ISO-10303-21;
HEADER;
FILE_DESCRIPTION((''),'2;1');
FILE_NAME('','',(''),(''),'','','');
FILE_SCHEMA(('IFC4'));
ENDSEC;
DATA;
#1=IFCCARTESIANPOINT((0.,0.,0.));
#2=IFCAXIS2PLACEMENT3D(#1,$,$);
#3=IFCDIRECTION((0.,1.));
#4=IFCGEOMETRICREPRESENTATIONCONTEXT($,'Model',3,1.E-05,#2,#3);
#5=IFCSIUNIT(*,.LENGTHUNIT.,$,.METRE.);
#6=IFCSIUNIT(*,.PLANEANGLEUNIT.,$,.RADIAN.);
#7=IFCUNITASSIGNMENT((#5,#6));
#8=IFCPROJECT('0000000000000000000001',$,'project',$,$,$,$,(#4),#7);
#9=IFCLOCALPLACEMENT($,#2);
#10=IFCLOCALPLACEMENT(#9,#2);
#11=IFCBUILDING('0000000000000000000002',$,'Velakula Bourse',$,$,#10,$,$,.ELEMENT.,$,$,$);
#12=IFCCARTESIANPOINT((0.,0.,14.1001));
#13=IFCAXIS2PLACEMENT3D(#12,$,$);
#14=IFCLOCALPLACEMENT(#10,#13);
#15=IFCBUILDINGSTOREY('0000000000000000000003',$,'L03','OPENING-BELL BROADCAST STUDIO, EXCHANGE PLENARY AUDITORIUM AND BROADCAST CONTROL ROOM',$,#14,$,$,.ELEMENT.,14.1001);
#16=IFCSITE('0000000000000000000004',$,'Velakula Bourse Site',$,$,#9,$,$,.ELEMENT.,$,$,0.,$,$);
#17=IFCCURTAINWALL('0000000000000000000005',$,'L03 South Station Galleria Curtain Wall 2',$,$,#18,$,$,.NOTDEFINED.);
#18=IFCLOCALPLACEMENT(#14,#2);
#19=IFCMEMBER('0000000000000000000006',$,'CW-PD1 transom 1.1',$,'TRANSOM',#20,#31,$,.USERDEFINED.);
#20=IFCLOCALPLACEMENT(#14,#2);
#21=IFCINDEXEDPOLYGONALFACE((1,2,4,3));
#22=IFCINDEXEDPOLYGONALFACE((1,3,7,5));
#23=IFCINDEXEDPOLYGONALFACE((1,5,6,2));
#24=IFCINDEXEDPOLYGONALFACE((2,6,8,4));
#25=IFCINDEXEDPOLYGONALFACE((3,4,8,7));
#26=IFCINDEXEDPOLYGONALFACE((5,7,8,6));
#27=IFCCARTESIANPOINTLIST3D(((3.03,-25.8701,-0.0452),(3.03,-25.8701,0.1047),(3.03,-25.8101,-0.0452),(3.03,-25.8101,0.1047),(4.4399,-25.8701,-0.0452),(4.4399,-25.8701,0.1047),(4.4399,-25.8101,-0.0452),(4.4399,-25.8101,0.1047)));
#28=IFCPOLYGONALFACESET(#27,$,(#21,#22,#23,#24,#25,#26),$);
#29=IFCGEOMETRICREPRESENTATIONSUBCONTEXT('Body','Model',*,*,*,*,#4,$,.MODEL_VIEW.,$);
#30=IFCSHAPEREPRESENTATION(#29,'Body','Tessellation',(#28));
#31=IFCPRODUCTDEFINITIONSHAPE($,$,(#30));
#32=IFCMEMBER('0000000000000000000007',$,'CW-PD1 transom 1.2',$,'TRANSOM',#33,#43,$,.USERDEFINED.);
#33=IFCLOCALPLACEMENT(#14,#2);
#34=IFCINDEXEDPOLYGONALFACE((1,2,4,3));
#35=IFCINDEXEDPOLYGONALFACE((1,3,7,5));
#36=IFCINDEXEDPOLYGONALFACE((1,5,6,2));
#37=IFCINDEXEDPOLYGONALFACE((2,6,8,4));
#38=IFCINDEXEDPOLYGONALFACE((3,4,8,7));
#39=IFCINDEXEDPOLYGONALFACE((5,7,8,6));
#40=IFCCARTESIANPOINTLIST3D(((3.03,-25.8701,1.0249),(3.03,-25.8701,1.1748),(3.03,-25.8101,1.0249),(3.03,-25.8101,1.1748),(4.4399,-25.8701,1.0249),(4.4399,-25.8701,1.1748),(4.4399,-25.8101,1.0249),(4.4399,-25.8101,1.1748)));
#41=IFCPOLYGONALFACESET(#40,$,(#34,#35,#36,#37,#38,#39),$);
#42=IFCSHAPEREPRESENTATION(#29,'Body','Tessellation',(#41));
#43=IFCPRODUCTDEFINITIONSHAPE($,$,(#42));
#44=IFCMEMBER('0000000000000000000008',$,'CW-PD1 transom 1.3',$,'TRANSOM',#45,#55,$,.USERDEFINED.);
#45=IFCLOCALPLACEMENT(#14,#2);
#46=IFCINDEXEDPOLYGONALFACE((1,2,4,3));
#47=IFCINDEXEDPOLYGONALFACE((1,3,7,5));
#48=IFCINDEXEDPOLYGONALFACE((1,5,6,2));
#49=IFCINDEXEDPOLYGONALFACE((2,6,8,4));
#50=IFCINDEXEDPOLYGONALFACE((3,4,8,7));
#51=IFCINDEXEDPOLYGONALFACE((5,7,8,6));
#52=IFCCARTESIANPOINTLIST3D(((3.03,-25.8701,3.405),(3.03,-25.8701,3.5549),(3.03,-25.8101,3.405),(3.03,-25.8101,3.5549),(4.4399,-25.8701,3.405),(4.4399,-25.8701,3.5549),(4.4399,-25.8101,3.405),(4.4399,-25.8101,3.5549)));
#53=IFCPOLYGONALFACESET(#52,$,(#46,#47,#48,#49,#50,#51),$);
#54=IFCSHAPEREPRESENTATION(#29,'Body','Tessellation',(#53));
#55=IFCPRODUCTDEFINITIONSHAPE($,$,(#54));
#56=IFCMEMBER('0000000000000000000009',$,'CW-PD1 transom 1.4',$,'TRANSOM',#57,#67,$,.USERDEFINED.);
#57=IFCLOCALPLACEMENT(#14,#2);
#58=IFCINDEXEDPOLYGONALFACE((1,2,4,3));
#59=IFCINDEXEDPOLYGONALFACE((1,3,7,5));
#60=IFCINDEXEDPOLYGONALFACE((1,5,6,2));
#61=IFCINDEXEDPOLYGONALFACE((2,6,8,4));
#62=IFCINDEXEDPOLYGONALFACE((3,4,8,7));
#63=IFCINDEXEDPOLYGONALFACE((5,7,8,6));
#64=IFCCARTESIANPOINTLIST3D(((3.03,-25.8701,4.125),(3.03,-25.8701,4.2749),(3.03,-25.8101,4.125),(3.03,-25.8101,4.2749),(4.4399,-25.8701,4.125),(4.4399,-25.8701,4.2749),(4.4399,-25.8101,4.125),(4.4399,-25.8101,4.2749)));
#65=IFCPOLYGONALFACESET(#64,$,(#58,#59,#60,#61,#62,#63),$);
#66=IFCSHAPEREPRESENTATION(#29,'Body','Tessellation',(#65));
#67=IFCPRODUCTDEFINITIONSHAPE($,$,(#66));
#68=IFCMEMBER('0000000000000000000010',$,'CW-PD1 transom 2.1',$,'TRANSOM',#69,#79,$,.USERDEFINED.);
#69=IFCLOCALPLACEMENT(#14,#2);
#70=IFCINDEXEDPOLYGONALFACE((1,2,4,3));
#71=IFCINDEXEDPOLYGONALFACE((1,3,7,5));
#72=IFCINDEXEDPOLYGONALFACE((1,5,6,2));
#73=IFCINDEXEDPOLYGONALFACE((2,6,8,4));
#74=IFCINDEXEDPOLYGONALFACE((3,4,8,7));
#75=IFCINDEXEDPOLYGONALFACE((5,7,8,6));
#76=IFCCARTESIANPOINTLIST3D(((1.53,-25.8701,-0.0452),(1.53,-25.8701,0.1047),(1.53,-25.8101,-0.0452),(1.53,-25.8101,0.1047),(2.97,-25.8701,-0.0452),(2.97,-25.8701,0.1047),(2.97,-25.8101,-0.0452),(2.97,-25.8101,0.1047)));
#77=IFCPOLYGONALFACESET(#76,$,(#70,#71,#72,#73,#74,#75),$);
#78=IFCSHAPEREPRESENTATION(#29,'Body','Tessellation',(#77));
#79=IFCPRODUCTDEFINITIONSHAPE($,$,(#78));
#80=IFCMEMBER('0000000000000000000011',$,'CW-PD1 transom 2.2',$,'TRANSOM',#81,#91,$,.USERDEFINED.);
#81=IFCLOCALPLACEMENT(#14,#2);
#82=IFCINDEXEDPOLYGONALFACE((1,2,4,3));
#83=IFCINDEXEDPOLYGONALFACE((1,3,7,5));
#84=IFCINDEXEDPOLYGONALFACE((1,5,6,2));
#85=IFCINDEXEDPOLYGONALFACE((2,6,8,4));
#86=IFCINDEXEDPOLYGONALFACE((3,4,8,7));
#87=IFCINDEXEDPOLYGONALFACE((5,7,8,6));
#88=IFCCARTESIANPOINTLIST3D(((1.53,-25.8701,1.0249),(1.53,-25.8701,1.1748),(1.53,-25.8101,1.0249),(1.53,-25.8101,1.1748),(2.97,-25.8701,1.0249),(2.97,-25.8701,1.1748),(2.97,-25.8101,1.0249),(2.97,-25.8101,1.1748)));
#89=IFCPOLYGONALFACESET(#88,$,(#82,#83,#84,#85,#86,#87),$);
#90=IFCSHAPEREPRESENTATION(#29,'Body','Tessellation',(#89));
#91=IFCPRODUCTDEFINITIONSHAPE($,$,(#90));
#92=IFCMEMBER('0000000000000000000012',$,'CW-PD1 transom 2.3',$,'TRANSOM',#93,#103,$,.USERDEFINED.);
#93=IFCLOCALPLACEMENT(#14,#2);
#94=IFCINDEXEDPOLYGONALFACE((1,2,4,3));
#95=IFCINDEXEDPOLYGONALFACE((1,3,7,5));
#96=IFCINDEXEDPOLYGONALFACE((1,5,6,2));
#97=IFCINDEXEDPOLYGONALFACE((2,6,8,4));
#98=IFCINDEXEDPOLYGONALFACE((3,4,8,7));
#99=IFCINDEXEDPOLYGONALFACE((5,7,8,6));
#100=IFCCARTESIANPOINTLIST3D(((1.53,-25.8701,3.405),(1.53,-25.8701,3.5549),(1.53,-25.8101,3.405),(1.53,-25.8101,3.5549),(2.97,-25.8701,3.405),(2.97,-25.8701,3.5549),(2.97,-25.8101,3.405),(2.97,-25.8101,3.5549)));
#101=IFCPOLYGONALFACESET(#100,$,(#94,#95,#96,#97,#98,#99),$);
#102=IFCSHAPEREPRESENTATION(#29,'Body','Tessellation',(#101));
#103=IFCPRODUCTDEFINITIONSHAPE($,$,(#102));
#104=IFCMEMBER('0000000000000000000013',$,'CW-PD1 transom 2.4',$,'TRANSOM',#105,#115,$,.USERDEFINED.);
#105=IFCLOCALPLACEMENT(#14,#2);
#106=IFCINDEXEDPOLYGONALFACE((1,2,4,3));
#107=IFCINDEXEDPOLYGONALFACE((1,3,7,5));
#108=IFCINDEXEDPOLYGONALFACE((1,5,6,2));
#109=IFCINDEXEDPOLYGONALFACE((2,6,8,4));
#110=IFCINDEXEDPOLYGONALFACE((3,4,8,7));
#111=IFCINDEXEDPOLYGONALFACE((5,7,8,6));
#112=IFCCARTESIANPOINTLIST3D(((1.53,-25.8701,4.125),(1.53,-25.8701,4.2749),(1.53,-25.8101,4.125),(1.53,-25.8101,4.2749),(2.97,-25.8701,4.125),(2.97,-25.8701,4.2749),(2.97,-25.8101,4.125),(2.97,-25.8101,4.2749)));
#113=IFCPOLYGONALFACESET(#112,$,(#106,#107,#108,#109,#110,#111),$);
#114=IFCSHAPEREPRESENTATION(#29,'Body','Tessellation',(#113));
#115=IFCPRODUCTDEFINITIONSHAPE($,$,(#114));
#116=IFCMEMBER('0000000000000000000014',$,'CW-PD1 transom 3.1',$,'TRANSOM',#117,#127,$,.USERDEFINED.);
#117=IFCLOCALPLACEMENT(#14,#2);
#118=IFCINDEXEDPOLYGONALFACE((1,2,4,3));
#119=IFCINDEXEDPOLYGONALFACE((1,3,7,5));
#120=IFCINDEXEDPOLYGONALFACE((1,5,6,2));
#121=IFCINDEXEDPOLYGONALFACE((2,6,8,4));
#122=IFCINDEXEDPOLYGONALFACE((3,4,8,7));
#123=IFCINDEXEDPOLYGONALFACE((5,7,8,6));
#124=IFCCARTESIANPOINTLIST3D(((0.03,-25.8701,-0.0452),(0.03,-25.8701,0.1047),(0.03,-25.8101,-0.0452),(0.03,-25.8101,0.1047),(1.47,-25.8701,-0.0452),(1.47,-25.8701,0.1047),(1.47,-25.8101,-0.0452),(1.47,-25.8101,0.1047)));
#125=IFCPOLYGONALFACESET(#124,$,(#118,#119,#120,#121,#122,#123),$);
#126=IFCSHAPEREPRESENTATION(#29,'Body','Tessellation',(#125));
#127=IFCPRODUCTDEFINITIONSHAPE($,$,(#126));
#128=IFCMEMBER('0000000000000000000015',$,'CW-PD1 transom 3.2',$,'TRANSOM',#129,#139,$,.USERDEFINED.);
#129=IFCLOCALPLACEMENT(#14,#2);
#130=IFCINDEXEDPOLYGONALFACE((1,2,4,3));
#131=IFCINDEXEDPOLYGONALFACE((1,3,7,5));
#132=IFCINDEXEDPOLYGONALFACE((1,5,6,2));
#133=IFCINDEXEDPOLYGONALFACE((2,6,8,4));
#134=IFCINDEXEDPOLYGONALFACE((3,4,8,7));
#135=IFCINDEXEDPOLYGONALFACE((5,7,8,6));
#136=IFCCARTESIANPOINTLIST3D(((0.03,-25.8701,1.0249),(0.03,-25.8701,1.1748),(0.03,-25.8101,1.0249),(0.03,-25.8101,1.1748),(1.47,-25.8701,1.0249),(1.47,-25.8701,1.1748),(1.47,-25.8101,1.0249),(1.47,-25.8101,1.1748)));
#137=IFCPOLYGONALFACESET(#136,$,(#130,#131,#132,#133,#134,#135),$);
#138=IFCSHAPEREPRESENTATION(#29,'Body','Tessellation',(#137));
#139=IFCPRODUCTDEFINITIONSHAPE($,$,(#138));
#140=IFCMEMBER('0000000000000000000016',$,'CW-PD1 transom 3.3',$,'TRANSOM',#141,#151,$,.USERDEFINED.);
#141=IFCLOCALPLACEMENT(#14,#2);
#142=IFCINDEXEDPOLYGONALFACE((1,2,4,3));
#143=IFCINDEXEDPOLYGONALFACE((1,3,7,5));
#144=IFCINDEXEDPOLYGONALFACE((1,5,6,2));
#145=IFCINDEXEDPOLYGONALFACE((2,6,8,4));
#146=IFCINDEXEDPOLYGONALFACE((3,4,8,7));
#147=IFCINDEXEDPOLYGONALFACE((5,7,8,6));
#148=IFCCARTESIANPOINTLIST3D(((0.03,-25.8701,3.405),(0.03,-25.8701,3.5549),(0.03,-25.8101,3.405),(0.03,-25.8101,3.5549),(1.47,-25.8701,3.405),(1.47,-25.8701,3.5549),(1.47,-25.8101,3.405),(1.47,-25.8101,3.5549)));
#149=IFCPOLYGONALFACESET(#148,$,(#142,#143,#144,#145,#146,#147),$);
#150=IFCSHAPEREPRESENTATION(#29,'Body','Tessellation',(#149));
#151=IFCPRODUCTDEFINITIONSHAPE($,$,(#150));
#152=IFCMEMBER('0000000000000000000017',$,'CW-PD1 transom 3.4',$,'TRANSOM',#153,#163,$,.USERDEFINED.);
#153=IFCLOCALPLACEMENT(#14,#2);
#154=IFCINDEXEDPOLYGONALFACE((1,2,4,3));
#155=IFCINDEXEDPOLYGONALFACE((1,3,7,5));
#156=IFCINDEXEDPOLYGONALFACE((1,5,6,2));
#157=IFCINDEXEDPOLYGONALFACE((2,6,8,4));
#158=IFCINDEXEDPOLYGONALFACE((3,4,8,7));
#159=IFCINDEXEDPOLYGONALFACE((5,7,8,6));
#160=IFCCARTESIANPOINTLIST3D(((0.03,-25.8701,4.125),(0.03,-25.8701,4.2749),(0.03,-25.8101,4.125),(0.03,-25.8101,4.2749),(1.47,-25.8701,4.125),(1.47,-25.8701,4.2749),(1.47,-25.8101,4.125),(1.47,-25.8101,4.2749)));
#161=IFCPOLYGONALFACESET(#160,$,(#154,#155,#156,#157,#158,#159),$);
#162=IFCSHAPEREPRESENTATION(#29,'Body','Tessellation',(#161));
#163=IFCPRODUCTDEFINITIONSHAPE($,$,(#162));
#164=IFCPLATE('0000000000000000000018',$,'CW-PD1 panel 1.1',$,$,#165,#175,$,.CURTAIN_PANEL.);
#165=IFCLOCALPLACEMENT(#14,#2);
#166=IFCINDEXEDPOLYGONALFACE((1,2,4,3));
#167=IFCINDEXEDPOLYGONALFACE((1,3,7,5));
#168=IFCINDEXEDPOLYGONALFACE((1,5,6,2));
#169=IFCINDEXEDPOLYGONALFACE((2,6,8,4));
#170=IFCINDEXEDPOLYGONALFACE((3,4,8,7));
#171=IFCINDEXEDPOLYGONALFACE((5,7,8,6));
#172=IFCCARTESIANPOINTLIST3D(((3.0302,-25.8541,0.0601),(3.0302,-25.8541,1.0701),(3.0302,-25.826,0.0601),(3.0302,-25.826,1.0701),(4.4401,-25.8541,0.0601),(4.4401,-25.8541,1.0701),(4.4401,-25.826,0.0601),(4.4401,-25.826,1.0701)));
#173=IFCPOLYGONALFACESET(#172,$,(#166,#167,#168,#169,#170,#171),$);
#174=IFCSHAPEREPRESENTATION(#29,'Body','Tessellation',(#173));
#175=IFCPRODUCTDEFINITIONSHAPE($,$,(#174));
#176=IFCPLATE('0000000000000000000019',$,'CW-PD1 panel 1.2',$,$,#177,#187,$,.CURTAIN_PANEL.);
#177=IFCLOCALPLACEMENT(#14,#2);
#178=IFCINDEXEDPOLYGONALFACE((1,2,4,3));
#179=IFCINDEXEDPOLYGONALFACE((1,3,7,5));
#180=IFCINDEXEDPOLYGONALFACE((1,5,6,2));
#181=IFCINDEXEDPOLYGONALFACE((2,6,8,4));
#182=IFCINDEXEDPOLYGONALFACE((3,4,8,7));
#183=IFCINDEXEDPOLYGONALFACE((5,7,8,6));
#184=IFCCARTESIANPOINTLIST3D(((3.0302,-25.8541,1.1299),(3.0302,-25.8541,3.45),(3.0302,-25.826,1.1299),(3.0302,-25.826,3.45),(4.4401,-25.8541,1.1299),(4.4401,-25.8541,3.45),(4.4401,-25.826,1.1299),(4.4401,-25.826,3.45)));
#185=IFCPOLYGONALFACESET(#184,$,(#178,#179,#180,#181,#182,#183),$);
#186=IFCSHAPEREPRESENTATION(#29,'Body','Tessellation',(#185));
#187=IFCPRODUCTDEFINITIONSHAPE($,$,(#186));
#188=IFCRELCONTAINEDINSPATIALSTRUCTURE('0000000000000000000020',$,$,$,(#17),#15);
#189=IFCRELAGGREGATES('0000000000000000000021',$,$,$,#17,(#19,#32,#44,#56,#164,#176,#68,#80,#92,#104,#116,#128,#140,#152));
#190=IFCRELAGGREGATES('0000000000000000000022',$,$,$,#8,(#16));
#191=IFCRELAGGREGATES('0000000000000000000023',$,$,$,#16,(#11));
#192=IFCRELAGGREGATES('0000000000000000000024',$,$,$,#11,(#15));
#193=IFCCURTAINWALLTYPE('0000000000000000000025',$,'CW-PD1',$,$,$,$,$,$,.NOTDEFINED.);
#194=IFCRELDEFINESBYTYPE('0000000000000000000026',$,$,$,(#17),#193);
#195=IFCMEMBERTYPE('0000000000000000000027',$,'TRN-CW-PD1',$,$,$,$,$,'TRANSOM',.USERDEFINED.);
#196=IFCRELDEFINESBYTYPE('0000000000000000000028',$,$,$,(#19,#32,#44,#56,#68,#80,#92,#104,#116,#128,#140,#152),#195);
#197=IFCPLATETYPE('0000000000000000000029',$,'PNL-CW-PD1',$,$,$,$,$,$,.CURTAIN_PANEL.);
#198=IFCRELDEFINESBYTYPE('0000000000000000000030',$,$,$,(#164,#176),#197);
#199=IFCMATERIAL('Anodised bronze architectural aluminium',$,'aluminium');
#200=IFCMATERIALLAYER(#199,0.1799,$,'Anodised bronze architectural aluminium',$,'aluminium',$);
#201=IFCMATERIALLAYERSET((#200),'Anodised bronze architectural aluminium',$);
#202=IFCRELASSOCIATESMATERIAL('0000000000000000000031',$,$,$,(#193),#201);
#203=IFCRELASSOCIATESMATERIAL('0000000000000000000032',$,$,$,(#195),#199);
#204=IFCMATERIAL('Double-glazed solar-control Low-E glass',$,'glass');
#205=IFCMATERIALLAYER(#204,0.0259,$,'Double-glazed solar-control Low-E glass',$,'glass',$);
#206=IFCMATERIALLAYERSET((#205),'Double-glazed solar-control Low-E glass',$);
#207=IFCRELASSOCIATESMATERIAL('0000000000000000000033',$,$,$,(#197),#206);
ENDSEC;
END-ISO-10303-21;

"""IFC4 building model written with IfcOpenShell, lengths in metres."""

from ifc_helpers import new_model, si_unit, direction, frame, origin, origin_2d, place, context, subcontext, project, spatial, rectangle, extrude, material, layer, layer_set, material_profile, profile_set, type_object, element, aggregate, save


model = new_model("IFC4")

# Units and contexts
model_context = context("Model", 3, precision=1e-05, world=origin(), true_north=direction((0.0, 1.0)))
body_context = subcontext(model_context, "Body", "Model", "MODEL_VIEW")
ifc_project = project(units=[si_unit("LENGTHUNIT", "METRE"), si_unit("PLANEANGLEUNIT", "RADIAN")], contexts=[model_context])

# Site, building, storey
site_placement = place(None, origin())
site = spatial("IfcSite", under=ifc_project, at=site_placement, Name="Velakula Bourse Site", CompositionType="ELEMENT", RefElevation=0.0)
building_placement = place(site_placement, origin())
building = spatial("IfcBuilding", under=site, at=building_placement, Name="Velakula Bourse", CompositionType="ELEMENT")
storey_placement = place(building_placement, frame((0.0, 0.0, 14.1001)))
storey = spatial("IfcBuildingStorey", under=building, at=storey_placement, Name="L03", Description="OPENING-BELL BROADCAST STUDIO, EXCHANGE PLENARY AUDITORIUM AND BROADCAST CONTROL ROOM", CompositionType="ELEMENT", Elevation=14.1001)

# Curtain wall, members, plates
ifc_material_1 = material(Name="Anodised bronze architectural aluminium", Category="aluminium")
ifc_layer_1 = layer(ifc_material_1, 0.1799, Name="Anodised bronze architectural aluminium", Category="aluminium")
ifc_layer_set_1 = layer_set([ifc_layer_1], Name="Anodised bronze architectural aluminium")
curtain_wall_type = type_object("IfcCurtainWallType", Name="CW-PD1", PredefinedType="NOTDEFINED", material=ifc_layer_set_1)
curtain_wall_placement = place(storey_placement, origin())
curtain_wall = element("IfcCurtainWall", 1, at=curtain_wall_placement, inside=storey, type_object=curtain_wall_type, Name="L03 South Station Galleria Curtain Wall 2", PredefinedType="NOTDEFINED")
ifc_material_profile_1 = material_profile(ifc_material_1, rectangle(XDim=0.0601, YDim=0.1499, at=origin_2d()), Name="Anodised bronze architectural aluminium")
ifc_profile_set_1 = profile_set([ifc_material_profile_1], Name="Anodised bronze architectural aluminium")
member_type_1 = type_object("IfcMemberType", Name="TRN-CW-PD1", ElementType="TRANSOM", PredefinedType="USERDEFINED", material=ifc_profile_set_1)
member_1_placement = place(storey_placement, frame((4.4399, -25.8401, 0.0298), z_axis=(-1.0, 0.0, 0.0), x_axis=(0.0, -1.0, 0.0)))
member_1 = element("IfcMember", 2, at=member_1_placement, type_object=member_type_1, Name="CW-PD1 transom 1.1", ObjectType="TRANSOM", PredefinedType="USERDEFINED", context=body_context, shape_type="SweptSolid", body=[
    extrude(rectangle(XDim=0.0601, YDim=0.1499, at=origin_2d()), origin(), (0.0, 0.0, 1.0), 1.4099),
])
member_2_placement = place(storey_placement, frame((4.4399, -25.8401, 1.0999), z_axis=(-1.0, 0.0, 0.0), x_axis=(0.0, -1.0, 0.0)))
member_2 = element("IfcMember", 3, at=member_2_placement, type_object=member_type_1, Name="CW-PD1 transom 1.2", ObjectType="TRANSOM", PredefinedType="USERDEFINED", context=body_context, shape_type="SweptSolid", body=[
    extrude(rectangle(XDim=0.0601, YDim=0.1499, at=origin_2d()), origin(), (0.0, 0.0, 1.0), 1.4099),
])
member_3_placement = place(storey_placement, frame((4.4399, -25.8401, 3.48), z_axis=(-1.0, 0.0, 0.0), x_axis=(0.0, -1.0, 0.0)))
member_3 = element("IfcMember", 4, at=member_3_placement, type_object=member_type_1, Name="CW-PD1 transom 1.3", ObjectType="TRANSOM", PredefinedType="USERDEFINED", context=body_context, shape_type="SweptSolid", body=[
    extrude(rectangle(XDim=0.0601, YDim=0.1499, at=origin_2d()), origin(), (0.0, 0.0, 1.0), 1.4099),
])
member_4_placement = place(storey_placement, frame((4.4399, -25.8401, 4.2), z_axis=(-1.0, 0.0, 0.0), x_axis=(0.0, -1.0, 0.0)))
member_4 = element("IfcMember", 5, at=member_4_placement, type_object=member_type_1, Name="CW-PD1 transom 1.4", ObjectType="TRANSOM", PredefinedType="USERDEFINED", context=body_context, shape_type="SweptSolid", body=[
    extrude(rectangle(XDim=0.0601, YDim=0.1499, at=origin_2d()), origin(), (0.0, 0.0, 1.0), 1.4099),
])
member_5_placement = place(storey_placement, frame((2.97, -25.8401, 0.0298), z_axis=(-1.0, 0.0, 0.0), x_axis=(0.0, -1.0, 0.0)))
member_5 = element("IfcMember", 6, at=member_5_placement, type_object=member_type_1, Name="CW-PD1 transom 2.1", ObjectType="TRANSOM", PredefinedType="USERDEFINED", context=body_context, shape_type="SweptSolid", body=[
    extrude(rectangle(XDim=0.0601, YDim=0.1499, at=origin_2d()), origin(), (0.0, 0.0, 1.0), 1.4399),
])
member_6_placement = place(storey_placement, frame((2.97, -25.8401, 1.0999), z_axis=(-1.0, 0.0, 0.0), x_axis=(0.0, -1.0, 0.0)))
member_6 = element("IfcMember", 7, at=member_6_placement, type_object=member_type_1, Name="CW-PD1 transom 2.2", ObjectType="TRANSOM", PredefinedType="USERDEFINED", context=body_context, shape_type="SweptSolid", body=[
    extrude(rectangle(XDim=0.0601, YDim=0.1499, at=origin_2d()), origin(), (0.0, 0.0, 1.0), 1.4399),
])
member_7_placement = place(storey_placement, frame((2.97, -25.8401, 3.48), z_axis=(-1.0, 0.0, 0.0), x_axis=(0.0, -1.0, 0.0)))
member_7 = element("IfcMember", 8, at=member_7_placement, type_object=member_type_1, Name="CW-PD1 transom 2.3", ObjectType="TRANSOM", PredefinedType="USERDEFINED", context=body_context, shape_type="SweptSolid", body=[
    extrude(rectangle(XDim=0.0601, YDim=0.1499, at=origin_2d()), origin(), (0.0, 0.0, 1.0), 1.4399),
])
member_8_placement = place(storey_placement, frame((2.97, -25.8401, 4.2), z_axis=(-1.0, 0.0, 0.0), x_axis=(0.0, -1.0, 0.0)))
member_8 = element("IfcMember", 9, at=member_8_placement, type_object=member_type_1, Name="CW-PD1 transom 2.4", ObjectType="TRANSOM", PredefinedType="USERDEFINED", context=body_context, shape_type="SweptSolid", body=[
    extrude(rectangle(XDim=0.0601, YDim=0.1499, at=origin_2d()), origin(), (0.0, 0.0, 1.0), 1.4399),
])
member_9_placement = place(storey_placement, frame((1.47, -25.8401, 0.0298), z_axis=(-1.0, 0.0, 0.0), x_axis=(0.0, -1.0, 0.0)))
member_9 = element("IfcMember", 10, at=member_9_placement, type_object=member_type_1, Name="CW-PD1 transom 3.1", ObjectType="TRANSOM", PredefinedType="USERDEFINED", context=body_context, shape_type="SweptSolid", body=[
    extrude(rectangle(XDim=0.0601, YDim=0.1499, at=origin_2d()), origin(), (0.0, 0.0, 1.0), 1.4399),
])
member_10_placement = place(storey_placement, frame((1.47, -25.8401, 1.0999), z_axis=(-1.0, 0.0, 0.0), x_axis=(0.0, -1.0, 0.0)))
member_10 = element("IfcMember", 11, at=member_10_placement, type_object=member_type_1, Name="CW-PD1 transom 3.2", ObjectType="TRANSOM", PredefinedType="USERDEFINED", context=body_context, shape_type="SweptSolid", body=[
    extrude(rectangle(XDim=0.0601, YDim=0.1499, at=origin_2d()), origin(), (0.0, 0.0, 1.0), 1.4399),
])
member_11_placement = place(storey_placement, frame((1.47, -25.8401, 3.48), z_axis=(-1.0, 0.0, 0.0), x_axis=(0.0, -1.0, 0.0)))
member_11 = element("IfcMember", 12, at=member_11_placement, type_object=member_type_1, Name="CW-PD1 transom 3.3", ObjectType="TRANSOM", PredefinedType="USERDEFINED", context=body_context, shape_type="SweptSolid", body=[
    extrude(rectangle(XDim=0.0601, YDim=0.1499, at=origin_2d()), origin(), (0.0, 0.0, 1.0), 1.4399),
])
member_12_placement = place(storey_placement, frame((1.47, -25.8401, 4.2), z_axis=(-1.0, 0.0, 0.0), x_axis=(0.0, -1.0, 0.0)))
member_12 = element("IfcMember", 13, at=member_12_placement, type_object=member_type_1, Name="CW-PD1 transom 3.4", ObjectType="TRANSOM", PredefinedType="USERDEFINED", context=body_context, shape_type="SweptSolid", body=[
    extrude(rectangle(XDim=0.0601, YDim=0.1499, at=origin_2d()), origin(), (0.0, 0.0, 1.0), 1.4399),
])
ifc_material_2 = material(Name="Double-glazed solar-control Low-E glass", Category="glass")
ifc_layer_2 = layer(ifc_material_2, 0.0259, Name="Double-glazed solar-control Low-E glass", Category="glass")
ifc_layer_set_2 = layer_set([ifc_layer_2], Name="Double-glazed solar-control Low-E glass")
plate_type = type_object("IfcPlateType", Name="PNL-CW-PD1", PredefinedType="CURTAIN_PANEL", material=ifc_layer_set_2)
plate_1_placement = place(storey_placement, frame((3.7351, -25.8401, 0.0601), z_axis=(0.0, 0.0, 1.0), x_axis=(-1.0, 0.0, 0.0)))
plate_1 = element("IfcPlate", 14, at=plate_1_placement, type_object=plate_type, Name="CW-PD1 panel 1.1", PredefinedType="CURTAIN_PANEL", context=body_context, shape_type="SweptSolid", body=[
    extrude(rectangle(XDim=1.4099, YDim=0.0281, at=origin_2d()), origin(), (0.0, 0.0, 1.0), 1.01),
])
plate_2_placement = place(storey_placement, frame((3.7351, -25.8401, 1.1299), z_axis=(0.0, 0.0, 1.0), x_axis=(-1.0, 0.0, 0.0)))
plate_2 = element("IfcPlate", 15, at=plate_2_placement, type_object=plate_type, Name="CW-PD1 panel 1.2", PredefinedType="CURTAIN_PANEL", context=body_context, shape_type="SweptSolid", body=[
    extrude(rectangle(XDim=1.4099, YDim=0.0281, at=origin_2d()), origin(), (0.0, 0.0, 1.0), 2.3201),
])
aggregate(curtain_wall, [member_1, member_2, member_3, member_4, plate_1, plate_2, member_5, member_6, member_7, member_8, member_9, member_10, member_11, member_12])

save(model, "model.ifc")
